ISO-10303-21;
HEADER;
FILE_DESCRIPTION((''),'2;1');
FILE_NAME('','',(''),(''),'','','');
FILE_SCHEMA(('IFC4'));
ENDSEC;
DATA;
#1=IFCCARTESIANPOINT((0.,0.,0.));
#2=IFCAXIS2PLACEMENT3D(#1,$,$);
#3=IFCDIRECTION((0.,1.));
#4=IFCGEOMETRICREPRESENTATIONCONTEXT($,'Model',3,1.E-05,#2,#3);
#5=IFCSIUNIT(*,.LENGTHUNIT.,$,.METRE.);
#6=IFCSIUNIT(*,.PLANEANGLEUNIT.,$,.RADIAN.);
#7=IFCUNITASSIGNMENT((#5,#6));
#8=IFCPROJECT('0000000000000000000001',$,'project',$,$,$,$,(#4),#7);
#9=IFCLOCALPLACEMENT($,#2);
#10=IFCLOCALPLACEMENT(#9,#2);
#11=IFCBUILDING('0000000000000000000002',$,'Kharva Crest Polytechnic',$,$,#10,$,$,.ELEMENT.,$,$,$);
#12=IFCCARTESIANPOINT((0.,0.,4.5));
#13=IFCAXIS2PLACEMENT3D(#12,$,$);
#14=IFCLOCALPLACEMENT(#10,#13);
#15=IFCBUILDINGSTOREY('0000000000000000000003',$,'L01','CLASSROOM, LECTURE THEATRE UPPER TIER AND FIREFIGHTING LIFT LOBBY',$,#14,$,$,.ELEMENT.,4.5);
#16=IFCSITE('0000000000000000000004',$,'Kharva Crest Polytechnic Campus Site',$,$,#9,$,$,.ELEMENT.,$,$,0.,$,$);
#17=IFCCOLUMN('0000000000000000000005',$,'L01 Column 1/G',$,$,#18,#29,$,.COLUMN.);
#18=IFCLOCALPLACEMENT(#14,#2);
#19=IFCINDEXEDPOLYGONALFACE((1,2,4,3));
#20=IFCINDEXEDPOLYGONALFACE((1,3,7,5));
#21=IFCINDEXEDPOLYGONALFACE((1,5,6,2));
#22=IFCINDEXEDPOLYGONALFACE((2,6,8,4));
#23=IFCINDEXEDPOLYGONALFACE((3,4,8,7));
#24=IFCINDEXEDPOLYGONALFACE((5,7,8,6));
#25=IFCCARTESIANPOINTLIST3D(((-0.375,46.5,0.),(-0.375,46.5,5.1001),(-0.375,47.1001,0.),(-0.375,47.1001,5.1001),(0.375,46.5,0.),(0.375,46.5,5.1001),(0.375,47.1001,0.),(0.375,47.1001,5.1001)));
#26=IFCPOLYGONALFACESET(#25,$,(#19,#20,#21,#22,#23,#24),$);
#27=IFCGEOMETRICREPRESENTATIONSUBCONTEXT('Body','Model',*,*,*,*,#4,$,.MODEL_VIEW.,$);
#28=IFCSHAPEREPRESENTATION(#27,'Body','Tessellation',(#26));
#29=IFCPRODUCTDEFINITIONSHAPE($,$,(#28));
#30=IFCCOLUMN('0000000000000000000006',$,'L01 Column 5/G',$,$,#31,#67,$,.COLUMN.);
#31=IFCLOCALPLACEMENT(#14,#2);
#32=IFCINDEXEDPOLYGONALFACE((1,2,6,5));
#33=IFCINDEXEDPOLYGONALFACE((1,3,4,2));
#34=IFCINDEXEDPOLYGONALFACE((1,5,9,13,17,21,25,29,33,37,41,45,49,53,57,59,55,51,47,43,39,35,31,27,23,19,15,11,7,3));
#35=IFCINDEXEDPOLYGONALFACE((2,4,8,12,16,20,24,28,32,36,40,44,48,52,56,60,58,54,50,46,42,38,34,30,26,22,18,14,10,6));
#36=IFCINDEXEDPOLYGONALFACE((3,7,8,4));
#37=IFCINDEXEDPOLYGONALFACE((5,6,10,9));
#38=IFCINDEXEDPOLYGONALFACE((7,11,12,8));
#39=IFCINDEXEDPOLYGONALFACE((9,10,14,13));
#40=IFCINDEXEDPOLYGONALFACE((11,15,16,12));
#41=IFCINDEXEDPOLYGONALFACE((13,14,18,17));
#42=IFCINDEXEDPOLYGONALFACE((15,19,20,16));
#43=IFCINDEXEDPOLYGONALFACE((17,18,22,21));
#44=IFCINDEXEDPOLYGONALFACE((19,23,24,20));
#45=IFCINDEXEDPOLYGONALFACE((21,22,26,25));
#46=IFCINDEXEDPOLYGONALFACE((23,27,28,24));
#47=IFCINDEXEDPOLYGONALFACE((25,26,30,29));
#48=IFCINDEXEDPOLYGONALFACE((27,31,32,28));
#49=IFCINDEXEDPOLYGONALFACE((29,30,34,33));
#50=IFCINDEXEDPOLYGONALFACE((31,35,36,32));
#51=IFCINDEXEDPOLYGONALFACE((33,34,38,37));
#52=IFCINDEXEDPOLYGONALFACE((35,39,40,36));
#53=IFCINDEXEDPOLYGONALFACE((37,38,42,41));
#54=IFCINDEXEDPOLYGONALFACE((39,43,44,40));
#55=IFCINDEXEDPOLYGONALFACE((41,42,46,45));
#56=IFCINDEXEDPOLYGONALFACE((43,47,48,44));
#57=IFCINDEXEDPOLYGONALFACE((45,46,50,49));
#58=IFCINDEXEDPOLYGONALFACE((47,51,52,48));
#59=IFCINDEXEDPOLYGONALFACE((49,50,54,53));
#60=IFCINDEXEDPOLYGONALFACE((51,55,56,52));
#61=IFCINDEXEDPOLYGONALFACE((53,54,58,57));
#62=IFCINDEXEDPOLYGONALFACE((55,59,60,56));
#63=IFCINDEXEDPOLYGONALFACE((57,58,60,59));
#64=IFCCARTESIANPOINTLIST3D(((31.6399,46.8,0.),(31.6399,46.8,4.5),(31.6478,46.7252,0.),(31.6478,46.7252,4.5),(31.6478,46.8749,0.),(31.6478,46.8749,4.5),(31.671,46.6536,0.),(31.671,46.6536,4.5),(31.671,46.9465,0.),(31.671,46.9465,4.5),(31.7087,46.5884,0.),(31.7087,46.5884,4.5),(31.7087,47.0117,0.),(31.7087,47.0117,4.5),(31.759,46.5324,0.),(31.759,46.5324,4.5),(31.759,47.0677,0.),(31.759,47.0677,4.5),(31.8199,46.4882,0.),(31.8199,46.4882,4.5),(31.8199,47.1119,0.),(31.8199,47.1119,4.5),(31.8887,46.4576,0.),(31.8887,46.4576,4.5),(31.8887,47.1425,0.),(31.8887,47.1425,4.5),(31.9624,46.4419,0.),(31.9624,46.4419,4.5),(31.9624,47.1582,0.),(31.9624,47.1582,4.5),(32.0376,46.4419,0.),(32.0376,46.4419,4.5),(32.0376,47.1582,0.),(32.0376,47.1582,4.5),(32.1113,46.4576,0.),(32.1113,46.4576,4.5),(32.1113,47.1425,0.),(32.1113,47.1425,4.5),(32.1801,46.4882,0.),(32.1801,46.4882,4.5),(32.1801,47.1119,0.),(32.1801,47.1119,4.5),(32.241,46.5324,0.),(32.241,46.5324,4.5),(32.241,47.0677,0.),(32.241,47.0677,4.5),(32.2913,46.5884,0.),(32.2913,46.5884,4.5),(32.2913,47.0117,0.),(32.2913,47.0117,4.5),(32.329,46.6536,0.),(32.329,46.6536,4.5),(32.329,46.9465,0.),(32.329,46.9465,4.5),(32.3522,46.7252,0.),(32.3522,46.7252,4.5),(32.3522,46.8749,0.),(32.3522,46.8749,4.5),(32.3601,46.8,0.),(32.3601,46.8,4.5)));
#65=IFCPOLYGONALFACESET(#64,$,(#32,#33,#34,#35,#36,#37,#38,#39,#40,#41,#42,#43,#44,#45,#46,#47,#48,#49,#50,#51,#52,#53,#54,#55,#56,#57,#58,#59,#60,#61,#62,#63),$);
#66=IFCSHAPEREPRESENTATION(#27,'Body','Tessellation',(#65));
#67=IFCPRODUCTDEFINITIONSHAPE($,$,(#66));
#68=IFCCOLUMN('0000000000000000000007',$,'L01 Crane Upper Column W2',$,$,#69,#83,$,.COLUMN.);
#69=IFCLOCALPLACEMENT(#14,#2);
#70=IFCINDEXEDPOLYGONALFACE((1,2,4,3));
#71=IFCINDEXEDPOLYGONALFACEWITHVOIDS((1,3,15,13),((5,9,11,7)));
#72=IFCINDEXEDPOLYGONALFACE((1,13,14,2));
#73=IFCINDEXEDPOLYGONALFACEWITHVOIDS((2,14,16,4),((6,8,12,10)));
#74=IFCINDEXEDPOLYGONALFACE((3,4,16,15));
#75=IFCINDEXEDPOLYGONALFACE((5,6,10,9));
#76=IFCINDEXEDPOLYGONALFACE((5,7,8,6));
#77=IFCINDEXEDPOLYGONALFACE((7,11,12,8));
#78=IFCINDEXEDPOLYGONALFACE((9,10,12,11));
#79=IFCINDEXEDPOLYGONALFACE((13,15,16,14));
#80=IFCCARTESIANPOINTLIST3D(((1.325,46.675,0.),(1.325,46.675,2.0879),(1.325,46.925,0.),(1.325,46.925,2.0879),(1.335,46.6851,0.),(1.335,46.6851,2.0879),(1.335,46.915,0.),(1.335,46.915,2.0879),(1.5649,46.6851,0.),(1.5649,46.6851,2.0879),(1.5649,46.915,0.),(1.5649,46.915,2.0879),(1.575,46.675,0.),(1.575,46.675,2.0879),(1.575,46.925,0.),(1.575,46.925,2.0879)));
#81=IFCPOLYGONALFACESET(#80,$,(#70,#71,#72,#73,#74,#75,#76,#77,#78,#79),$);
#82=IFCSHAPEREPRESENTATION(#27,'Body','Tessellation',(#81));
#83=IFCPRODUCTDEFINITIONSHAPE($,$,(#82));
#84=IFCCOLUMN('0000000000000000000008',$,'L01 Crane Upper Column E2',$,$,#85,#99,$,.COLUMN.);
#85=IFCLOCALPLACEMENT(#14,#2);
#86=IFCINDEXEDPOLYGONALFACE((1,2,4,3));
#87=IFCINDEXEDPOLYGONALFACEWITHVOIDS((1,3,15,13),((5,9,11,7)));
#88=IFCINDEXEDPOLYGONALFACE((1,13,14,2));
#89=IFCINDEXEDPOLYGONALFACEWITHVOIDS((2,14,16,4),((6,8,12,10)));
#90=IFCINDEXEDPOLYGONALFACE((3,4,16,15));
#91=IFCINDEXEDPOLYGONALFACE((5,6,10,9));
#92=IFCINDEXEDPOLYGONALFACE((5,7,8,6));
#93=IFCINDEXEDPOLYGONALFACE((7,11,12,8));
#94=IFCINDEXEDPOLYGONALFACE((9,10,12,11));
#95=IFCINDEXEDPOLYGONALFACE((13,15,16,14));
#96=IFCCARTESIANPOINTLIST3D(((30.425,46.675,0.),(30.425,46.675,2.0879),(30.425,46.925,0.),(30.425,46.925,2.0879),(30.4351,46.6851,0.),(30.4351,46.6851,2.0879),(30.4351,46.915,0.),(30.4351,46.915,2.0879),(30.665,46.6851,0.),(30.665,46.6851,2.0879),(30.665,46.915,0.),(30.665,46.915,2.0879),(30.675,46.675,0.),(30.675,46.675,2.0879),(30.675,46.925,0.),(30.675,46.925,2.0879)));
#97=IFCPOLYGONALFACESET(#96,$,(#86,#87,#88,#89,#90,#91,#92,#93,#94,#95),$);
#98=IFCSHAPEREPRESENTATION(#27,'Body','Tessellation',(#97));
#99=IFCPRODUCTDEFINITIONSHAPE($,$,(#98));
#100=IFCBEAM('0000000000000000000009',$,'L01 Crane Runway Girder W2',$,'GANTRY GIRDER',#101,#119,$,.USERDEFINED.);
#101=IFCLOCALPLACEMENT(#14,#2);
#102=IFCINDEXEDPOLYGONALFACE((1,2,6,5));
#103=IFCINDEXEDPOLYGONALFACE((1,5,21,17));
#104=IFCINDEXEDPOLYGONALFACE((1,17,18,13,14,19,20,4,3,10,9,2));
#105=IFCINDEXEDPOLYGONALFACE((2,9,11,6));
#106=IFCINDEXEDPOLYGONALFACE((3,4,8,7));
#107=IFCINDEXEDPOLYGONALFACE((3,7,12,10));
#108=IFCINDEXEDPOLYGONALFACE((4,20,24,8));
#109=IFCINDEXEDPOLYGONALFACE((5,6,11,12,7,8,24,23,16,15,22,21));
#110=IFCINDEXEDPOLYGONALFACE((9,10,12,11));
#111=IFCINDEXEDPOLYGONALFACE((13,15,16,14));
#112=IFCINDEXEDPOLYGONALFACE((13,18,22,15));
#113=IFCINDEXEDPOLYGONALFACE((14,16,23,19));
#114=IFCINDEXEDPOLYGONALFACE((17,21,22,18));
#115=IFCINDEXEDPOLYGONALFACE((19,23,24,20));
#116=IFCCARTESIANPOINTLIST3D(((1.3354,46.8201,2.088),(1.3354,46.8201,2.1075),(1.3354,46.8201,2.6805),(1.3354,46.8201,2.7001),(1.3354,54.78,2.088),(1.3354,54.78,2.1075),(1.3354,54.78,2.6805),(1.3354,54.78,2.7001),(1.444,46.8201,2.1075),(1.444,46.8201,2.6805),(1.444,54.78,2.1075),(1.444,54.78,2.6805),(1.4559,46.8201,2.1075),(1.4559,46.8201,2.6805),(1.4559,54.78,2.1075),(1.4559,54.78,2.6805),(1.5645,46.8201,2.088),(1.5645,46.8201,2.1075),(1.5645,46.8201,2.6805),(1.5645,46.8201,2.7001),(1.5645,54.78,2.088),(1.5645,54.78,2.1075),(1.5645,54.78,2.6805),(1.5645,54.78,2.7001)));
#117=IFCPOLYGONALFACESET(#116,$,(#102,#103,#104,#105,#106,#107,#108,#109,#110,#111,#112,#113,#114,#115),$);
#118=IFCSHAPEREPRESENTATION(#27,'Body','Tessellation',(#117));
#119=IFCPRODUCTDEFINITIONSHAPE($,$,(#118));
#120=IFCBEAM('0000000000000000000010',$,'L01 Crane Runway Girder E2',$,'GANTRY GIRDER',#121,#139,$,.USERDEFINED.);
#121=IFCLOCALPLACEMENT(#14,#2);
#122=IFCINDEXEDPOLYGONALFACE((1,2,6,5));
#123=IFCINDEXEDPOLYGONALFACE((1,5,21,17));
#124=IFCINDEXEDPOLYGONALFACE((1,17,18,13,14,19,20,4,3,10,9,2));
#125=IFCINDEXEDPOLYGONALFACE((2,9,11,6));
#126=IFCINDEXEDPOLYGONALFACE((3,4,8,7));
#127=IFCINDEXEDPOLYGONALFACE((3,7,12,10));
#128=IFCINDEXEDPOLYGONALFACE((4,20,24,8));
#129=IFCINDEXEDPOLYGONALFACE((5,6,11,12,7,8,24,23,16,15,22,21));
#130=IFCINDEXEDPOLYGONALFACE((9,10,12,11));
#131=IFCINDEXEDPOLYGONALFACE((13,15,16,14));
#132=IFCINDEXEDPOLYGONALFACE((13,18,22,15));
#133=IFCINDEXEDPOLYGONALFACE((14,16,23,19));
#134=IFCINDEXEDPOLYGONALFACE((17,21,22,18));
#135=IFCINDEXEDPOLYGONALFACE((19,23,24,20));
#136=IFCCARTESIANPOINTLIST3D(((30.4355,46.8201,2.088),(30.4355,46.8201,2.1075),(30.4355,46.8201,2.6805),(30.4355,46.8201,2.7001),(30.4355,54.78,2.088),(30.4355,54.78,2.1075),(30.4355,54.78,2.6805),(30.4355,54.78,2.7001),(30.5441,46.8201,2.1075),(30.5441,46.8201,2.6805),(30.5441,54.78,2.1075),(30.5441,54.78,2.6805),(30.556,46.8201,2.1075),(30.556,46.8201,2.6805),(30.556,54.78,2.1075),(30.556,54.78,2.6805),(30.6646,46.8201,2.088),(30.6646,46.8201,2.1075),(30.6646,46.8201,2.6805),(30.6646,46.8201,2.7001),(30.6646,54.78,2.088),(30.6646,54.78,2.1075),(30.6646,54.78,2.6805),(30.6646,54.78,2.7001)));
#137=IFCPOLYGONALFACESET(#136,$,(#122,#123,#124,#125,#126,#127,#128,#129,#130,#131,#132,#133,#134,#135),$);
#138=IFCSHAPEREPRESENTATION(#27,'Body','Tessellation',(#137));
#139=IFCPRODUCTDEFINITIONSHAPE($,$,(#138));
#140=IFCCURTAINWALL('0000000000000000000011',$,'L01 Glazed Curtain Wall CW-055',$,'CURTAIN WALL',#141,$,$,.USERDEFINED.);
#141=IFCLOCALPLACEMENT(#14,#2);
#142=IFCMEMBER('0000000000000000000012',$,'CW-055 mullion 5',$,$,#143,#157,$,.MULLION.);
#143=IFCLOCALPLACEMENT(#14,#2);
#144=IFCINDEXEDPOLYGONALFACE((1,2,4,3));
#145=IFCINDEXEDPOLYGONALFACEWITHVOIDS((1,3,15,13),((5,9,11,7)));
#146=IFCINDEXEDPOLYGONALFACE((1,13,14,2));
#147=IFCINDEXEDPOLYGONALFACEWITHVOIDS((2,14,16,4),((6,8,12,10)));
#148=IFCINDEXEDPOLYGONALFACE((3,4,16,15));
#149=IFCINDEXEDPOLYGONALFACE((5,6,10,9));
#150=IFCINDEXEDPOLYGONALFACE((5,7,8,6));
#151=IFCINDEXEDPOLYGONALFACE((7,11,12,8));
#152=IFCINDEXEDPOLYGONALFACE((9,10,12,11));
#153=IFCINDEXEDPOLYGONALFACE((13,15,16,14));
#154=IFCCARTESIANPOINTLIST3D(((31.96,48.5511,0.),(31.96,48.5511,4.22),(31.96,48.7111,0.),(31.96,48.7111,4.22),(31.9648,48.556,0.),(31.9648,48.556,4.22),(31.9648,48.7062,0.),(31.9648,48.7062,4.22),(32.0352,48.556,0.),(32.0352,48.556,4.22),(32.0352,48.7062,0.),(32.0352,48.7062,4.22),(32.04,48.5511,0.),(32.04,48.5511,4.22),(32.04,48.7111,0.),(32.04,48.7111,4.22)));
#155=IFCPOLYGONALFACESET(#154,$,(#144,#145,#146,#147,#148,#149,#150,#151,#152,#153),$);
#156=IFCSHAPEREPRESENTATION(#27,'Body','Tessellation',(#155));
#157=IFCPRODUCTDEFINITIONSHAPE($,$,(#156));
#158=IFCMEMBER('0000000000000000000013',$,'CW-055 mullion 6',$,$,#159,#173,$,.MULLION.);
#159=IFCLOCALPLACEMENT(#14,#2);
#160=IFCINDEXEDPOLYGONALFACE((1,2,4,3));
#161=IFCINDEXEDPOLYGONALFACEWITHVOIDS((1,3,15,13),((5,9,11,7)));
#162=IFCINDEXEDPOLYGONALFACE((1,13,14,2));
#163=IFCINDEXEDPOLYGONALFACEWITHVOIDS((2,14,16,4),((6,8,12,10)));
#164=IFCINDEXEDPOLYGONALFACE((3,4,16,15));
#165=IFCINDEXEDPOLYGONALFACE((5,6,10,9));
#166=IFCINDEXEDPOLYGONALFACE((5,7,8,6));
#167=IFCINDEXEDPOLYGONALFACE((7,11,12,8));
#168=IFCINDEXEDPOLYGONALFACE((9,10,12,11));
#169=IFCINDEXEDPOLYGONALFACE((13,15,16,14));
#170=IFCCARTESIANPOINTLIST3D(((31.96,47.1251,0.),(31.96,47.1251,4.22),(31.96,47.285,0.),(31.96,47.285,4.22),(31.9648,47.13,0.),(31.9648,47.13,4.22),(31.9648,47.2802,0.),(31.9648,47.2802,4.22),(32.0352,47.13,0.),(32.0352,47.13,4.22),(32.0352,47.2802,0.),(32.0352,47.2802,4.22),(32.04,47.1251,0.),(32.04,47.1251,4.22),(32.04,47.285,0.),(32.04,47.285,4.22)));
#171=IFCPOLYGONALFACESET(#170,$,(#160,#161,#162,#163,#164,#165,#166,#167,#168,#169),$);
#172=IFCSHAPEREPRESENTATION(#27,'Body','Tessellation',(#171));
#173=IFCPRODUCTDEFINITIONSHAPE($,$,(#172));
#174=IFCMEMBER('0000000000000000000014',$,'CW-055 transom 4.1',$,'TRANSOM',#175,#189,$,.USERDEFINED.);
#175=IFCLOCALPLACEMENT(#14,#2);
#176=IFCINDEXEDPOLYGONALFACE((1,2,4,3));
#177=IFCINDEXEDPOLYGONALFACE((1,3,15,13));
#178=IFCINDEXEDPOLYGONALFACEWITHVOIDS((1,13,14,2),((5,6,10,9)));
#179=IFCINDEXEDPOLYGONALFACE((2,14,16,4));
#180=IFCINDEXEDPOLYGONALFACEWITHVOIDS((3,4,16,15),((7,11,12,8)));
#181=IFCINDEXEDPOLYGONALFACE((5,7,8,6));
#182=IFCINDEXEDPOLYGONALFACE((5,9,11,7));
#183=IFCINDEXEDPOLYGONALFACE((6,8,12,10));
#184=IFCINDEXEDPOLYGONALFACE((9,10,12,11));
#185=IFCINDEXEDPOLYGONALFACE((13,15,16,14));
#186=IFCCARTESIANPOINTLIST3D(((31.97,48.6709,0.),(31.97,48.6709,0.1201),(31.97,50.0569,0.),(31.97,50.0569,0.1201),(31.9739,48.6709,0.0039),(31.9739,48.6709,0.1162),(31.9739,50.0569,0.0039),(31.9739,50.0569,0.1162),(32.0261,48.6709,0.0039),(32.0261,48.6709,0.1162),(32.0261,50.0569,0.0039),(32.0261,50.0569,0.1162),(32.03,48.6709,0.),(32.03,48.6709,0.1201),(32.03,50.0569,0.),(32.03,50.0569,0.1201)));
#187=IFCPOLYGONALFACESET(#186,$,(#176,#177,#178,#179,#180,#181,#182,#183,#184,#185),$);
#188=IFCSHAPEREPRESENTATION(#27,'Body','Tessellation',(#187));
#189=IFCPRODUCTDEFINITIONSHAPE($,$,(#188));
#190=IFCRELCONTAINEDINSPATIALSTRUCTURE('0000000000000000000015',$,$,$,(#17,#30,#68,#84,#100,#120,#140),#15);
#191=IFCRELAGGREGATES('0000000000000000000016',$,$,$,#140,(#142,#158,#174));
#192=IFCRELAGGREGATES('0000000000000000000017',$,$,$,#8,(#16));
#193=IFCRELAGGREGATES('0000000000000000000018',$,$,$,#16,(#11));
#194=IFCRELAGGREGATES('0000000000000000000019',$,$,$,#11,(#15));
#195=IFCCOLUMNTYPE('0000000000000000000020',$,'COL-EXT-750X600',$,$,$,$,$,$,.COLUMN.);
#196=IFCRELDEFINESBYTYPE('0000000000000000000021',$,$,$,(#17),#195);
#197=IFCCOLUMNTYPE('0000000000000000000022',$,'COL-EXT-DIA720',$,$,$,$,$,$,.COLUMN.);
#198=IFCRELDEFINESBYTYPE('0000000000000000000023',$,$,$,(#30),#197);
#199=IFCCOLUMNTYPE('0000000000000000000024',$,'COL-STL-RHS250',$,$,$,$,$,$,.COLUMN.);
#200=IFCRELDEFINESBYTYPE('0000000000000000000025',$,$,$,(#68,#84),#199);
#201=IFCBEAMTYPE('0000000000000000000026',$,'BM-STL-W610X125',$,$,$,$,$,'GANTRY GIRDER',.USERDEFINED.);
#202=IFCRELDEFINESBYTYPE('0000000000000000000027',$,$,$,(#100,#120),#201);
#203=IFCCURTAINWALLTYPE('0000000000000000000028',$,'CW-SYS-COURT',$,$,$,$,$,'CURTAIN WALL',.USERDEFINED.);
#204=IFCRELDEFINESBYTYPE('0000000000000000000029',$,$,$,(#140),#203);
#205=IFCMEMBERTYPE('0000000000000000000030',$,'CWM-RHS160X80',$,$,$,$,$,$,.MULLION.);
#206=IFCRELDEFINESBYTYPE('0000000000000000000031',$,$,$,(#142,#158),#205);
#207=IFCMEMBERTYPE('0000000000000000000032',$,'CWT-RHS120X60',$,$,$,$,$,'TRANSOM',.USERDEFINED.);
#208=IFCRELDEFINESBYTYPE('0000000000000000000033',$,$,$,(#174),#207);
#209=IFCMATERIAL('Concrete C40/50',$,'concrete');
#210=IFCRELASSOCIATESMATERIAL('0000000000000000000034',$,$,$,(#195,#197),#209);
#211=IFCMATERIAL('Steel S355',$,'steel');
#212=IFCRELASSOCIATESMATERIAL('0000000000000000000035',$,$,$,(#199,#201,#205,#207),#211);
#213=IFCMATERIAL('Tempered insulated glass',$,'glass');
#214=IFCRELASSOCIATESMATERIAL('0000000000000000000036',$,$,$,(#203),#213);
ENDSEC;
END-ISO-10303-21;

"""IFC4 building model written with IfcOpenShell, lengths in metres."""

from ifc_helpers import new_model, si_unit, direction, frame, origin, origin_2d, place, context, subcontext, project, spatial, rectangle, hollow_rectangle, circle, i_section, extrude, material, material_profile, profile_set, type_object, element, aggregate, save


model = new_model("IFC4")

# Units and contexts
model_context = context("Model", 3, precision=1e-05, world=origin(), true_north=direction((0.0, 1.0)))
body_context = subcontext(model_context, "Body", "Model", "MODEL_VIEW")
ifc_project = project(units=[si_unit("LENGTHUNIT", "METRE"), si_unit("PLANEANGLEUNIT", "RADIAN")], contexts=[model_context])

# Site, building, storey
site_placement = place(None, origin())
site = spatial("IfcSite", under=ifc_project, at=site_placement, Name="Kharva Crest Polytechnic Campus Site", CompositionType="ELEMENT", RefElevation=0.0)
building_placement = place(site_placement, origin())
building = spatial("IfcBuilding", under=site, at=building_placement, Name="Kharva Crest Polytechnic", CompositionType="ELEMENT")
storey_placement = place(building_placement, frame((0.0, 0.0, 4.5)))
storey = spatial("IfcBuildingStorey", under=building, at=storey_placement, Name="L01", Description="CLASSROOM, LECTURE THEATRE UPPER TIER AND FIREFIGHTING LIFT LOBBY", CompositionType="ELEMENT", Elevation=4.5)

# Columns
ifc_material_1 = material(Name="Concrete C40/50", Category="concrete")
ifc_material_profile_1 = material_profile(ifc_material_1, rectangle(XDim=0.75, YDim=0.6001, at=origin_2d()), Name="RECT 750 X 600")
ifc_profile_set_1 = profile_set([ifc_material_profile_1], Name="Concrete C40/50")
column_type_1 = type_object("IfcColumnType", Name="COL-EXT-750X600", PredefinedType="COLUMN", material=ifc_profile_set_1)
column_1_placement = place(storey_placement, frame((0.0, 46.8, 0.0), z_axis=(0.0, 0.0, 1.0), x_axis=(1.0, 0.0, 0.0)))
element("IfcColumn", 1, at=column_1_placement, inside=storey, type_object=column_type_1, Name="L01 Column 1/G", PredefinedType="COLUMN", context=body_context, shape_type="SweptSolid", body=[
    extrude(rectangle(XDim=0.75, YDim=0.6001, at=origin_2d()), origin(), (0.0, 0.0, 1.0), 5.1001),
])
ifc_material_profile_2 = material_profile(ifc_material_1, circle(Radius=0.3601, at=origin_2d()), Name="DIA 720")
ifc_profile_set_2 = profile_set([ifc_material_profile_2], Name="Concrete C40/50")
column_type_2 = type_object("IfcColumnType", Name="COL-EXT-DIA720", PredefinedType="COLUMN", material=ifc_profile_set_2)
column_2_placement = place(storey_placement, frame((32.0, 46.8, 0.0), z_axis=(0.0, 0.0, 1.0), x_axis=(1.0, 0.0, 0.0)))
element("IfcColumn", 2, at=column_2_placement, inside=storey, type_object=column_type_2, Name="L01 Column 5/G", PredefinedType="COLUMN", context=body_context, shape_type="SweptSolid", body=[
    extrude(circle(Radius=0.3601, at=origin_2d()), origin(), (0.0, 0.0, 1.0), 4.5),
])
ifc_material_2 = material(Name="Steel S355", Category="steel")
ifc_material_profile_3 = material_profile(ifc_material_2, hollow_rectangle(XDim=0.25, YDim=0.25, WallThickness=0.01, at=origin_2d()), Name="RHS 250X250X10.0")
ifc_profile_set_3 = profile_set([ifc_material_profile_3], Name="Steel S355")
column_type_3 = type_object("IfcColumnType", Name="COL-STL-RHS250", PredefinedType="COLUMN", material=ifc_profile_set_3)
for number, where, z_axis, x_axis, name in (
    (3, (1.45, 46.8, 0.0), (0.0, 0.0, 1.0), (1.0, 0.0, 0.0), "L01 Crane Upper Column W2"),
    (4, (30.55, 46.8, 0.0), (0.0, 0.0, 1.0), (1.0, 0.0, 0.0), "L01 Crane Upper Column E2"),
):
    element("IfcColumn", number, at=place(storey_placement, frame(where, z_axis=z_axis, x_axis=x_axis)), inside=storey, type_object=column_type_3, Name=name, PredefinedType="COLUMN", context=body_context, shape_type="SweptSolid", body=[
        extrude(hollow_rectangle(XDim=0.25, YDim=0.25, WallThickness=0.01, at=origin_2d()), origin(), (0.0, 0.0, 1.0), 2.0879),
    ])

# Beams
ifc_material_profile_4 = material_profile(ifc_material_2, i_section(OverallWidth=0.229, OverallDepth=0.6121, WebThickness=0.012, FlangeThickness=0.0195, at=origin_2d()), Name="W610X125")
ifc_profile_set_4 = profile_set([ifc_material_profile_4], Name="Steel S355")
beam_type = type_object("IfcBeamType", Name="BM-STL-W610X125", ElementType="GANTRY GIRDER", PredefinedType="USERDEFINED", material=ifc_profile_set_4)
for number, where, z_axis, x_axis, name in (
    (5, (1.45, 46.8201, 2.394), (0.0, 1.0, 0.0), (-1.0, 0.0, 0.0), "L01 Crane Runway Girder W2"),
    (6, (30.55, 46.8201, 2.394), (0.0, 1.0, 0.0), (-1.0, 0.0, 0.0), "L01 Crane Runway Girder E2"),
):
    element("IfcBeam", number, at=place(storey_placement, frame(where, z_axis=z_axis, x_axis=x_axis)), inside=storey, type_object=beam_type, Name=name, ObjectType="GANTRY GIRDER", PredefinedType="USERDEFINED", context=body_context, shape_type="SweptSolid", body=[
        extrude(i_section(OverallWidth=0.229, OverallDepth=0.6121, WebThickness=0.012, FlangeThickness=0.0195, at=origin_2d()), origin(), (0.0, 0.0, 1.0), 7.96),
    ])

# Curtain wall, members
ifc_material_3 = material(Name="Tempered insulated glass", Category="glass")
curtain_wall_type = type_object("IfcCurtainWallType", Name="CW-SYS-COURT", ElementType="CURTAIN WALL", PredefinedType="USERDEFINED", material=ifc_material_3)
curtain_wall_placement = place(storey_placement, origin())
curtain_wall = element("IfcCurtainWall", 7, at=curtain_wall_placement, inside=storey, type_object=curtain_wall_type, Name="L01 Glazed Curtain Wall CW-055", ObjectType="CURTAIN WALL", PredefinedType="USERDEFINED")
ifc_material_profile_5 = material_profile(ifc_material_2, hollow_rectangle(XDim=0.0801, YDim=0.1599, WallThickness=0.0049, at=origin_2d()), Name="RHS 160X80X5.0")
ifc_profile_set_5 = profile_set([ifc_material_profile_5], Name="Steel S355")
member_type_1 = type_object("IfcMemberType", Name="CWM-RHS160X80", PredefinedType="MULLION", material=ifc_profile_set_5)
member_1_placement = place(storey_placement, frame((32.0, 48.6311, 0.0), z_axis=(0.0, 0.0, 1.0), x_axis=(1.0, 0.0, 0.0)))
member_1 = element("IfcMember", 8, at=member_1_placement, type_object=member_type_1, Name="CW-055 mullion 5", PredefinedType="MULLION", context=body_context, shape_type="SweptSolid", body=[
    extrude(hollow_rectangle(XDim=0.0801, YDim=0.1599, WallThickness=0.0049, at=origin_2d()), origin(), (0.0, 0.0, 1.0), 4.22),
])
member_2_placement = place(storey_placement, frame((32.0, 47.2051, 0.0), z_axis=(0.0, 0.0, 1.0), x_axis=(1.0, 0.0, 0.0)))
member_2 = element("IfcMember", 9, at=member_2_placement, type_object=member_type_1, Name="CW-055 mullion 6", PredefinedType="MULLION", context=body_context, shape_type="SweptSolid", body=[
    extrude(hollow_rectangle(XDim=0.0801, YDim=0.1599, WallThickness=0.0049, at=origin_2d()), origin(), (0.0, 0.0, 1.0), 4.22),
])
ifc_material_profile_6 = material_profile(ifc_material_2, hollow_rectangle(XDim=0.0601, YDim=0.1201, WallThickness=0.0039, at=origin_2d()), Name="RHS 120X60X4.0")
ifc_profile_set_6 = profile_set([ifc_material_profile_6], Name="Steel S355")
member_type_2 = type_object("IfcMemberType", Name="CWT-RHS120X60", ElementType="TRANSOM", PredefinedType="USERDEFINED", material=ifc_profile_set_6)
member_3_placement = place(storey_placement, frame((32.0, 50.0569, 0.0601), z_axis=(0.0, -1.0, 0.0), x_axis=(1.0, 0.0, 0.0)))
member_3 = element("IfcMember", 10, at=member_3_placement, type_object=member_type_2, Name="CW-055 transom 4.1", ObjectType="TRANSOM", PredefinedType="USERDEFINED", context=body_context, shape_type="SweptSolid", body=[
    extrude(hollow_rectangle(XDim=0.0601, YDim=0.1201, WallThickness=0.0039, at=origin_2d()), origin(), (0.0, 0.0, 1.0), 1.386),
])
aggregate(curtain_wall, [member_1, member_2, member_3])

save(model, "model.ifc")
